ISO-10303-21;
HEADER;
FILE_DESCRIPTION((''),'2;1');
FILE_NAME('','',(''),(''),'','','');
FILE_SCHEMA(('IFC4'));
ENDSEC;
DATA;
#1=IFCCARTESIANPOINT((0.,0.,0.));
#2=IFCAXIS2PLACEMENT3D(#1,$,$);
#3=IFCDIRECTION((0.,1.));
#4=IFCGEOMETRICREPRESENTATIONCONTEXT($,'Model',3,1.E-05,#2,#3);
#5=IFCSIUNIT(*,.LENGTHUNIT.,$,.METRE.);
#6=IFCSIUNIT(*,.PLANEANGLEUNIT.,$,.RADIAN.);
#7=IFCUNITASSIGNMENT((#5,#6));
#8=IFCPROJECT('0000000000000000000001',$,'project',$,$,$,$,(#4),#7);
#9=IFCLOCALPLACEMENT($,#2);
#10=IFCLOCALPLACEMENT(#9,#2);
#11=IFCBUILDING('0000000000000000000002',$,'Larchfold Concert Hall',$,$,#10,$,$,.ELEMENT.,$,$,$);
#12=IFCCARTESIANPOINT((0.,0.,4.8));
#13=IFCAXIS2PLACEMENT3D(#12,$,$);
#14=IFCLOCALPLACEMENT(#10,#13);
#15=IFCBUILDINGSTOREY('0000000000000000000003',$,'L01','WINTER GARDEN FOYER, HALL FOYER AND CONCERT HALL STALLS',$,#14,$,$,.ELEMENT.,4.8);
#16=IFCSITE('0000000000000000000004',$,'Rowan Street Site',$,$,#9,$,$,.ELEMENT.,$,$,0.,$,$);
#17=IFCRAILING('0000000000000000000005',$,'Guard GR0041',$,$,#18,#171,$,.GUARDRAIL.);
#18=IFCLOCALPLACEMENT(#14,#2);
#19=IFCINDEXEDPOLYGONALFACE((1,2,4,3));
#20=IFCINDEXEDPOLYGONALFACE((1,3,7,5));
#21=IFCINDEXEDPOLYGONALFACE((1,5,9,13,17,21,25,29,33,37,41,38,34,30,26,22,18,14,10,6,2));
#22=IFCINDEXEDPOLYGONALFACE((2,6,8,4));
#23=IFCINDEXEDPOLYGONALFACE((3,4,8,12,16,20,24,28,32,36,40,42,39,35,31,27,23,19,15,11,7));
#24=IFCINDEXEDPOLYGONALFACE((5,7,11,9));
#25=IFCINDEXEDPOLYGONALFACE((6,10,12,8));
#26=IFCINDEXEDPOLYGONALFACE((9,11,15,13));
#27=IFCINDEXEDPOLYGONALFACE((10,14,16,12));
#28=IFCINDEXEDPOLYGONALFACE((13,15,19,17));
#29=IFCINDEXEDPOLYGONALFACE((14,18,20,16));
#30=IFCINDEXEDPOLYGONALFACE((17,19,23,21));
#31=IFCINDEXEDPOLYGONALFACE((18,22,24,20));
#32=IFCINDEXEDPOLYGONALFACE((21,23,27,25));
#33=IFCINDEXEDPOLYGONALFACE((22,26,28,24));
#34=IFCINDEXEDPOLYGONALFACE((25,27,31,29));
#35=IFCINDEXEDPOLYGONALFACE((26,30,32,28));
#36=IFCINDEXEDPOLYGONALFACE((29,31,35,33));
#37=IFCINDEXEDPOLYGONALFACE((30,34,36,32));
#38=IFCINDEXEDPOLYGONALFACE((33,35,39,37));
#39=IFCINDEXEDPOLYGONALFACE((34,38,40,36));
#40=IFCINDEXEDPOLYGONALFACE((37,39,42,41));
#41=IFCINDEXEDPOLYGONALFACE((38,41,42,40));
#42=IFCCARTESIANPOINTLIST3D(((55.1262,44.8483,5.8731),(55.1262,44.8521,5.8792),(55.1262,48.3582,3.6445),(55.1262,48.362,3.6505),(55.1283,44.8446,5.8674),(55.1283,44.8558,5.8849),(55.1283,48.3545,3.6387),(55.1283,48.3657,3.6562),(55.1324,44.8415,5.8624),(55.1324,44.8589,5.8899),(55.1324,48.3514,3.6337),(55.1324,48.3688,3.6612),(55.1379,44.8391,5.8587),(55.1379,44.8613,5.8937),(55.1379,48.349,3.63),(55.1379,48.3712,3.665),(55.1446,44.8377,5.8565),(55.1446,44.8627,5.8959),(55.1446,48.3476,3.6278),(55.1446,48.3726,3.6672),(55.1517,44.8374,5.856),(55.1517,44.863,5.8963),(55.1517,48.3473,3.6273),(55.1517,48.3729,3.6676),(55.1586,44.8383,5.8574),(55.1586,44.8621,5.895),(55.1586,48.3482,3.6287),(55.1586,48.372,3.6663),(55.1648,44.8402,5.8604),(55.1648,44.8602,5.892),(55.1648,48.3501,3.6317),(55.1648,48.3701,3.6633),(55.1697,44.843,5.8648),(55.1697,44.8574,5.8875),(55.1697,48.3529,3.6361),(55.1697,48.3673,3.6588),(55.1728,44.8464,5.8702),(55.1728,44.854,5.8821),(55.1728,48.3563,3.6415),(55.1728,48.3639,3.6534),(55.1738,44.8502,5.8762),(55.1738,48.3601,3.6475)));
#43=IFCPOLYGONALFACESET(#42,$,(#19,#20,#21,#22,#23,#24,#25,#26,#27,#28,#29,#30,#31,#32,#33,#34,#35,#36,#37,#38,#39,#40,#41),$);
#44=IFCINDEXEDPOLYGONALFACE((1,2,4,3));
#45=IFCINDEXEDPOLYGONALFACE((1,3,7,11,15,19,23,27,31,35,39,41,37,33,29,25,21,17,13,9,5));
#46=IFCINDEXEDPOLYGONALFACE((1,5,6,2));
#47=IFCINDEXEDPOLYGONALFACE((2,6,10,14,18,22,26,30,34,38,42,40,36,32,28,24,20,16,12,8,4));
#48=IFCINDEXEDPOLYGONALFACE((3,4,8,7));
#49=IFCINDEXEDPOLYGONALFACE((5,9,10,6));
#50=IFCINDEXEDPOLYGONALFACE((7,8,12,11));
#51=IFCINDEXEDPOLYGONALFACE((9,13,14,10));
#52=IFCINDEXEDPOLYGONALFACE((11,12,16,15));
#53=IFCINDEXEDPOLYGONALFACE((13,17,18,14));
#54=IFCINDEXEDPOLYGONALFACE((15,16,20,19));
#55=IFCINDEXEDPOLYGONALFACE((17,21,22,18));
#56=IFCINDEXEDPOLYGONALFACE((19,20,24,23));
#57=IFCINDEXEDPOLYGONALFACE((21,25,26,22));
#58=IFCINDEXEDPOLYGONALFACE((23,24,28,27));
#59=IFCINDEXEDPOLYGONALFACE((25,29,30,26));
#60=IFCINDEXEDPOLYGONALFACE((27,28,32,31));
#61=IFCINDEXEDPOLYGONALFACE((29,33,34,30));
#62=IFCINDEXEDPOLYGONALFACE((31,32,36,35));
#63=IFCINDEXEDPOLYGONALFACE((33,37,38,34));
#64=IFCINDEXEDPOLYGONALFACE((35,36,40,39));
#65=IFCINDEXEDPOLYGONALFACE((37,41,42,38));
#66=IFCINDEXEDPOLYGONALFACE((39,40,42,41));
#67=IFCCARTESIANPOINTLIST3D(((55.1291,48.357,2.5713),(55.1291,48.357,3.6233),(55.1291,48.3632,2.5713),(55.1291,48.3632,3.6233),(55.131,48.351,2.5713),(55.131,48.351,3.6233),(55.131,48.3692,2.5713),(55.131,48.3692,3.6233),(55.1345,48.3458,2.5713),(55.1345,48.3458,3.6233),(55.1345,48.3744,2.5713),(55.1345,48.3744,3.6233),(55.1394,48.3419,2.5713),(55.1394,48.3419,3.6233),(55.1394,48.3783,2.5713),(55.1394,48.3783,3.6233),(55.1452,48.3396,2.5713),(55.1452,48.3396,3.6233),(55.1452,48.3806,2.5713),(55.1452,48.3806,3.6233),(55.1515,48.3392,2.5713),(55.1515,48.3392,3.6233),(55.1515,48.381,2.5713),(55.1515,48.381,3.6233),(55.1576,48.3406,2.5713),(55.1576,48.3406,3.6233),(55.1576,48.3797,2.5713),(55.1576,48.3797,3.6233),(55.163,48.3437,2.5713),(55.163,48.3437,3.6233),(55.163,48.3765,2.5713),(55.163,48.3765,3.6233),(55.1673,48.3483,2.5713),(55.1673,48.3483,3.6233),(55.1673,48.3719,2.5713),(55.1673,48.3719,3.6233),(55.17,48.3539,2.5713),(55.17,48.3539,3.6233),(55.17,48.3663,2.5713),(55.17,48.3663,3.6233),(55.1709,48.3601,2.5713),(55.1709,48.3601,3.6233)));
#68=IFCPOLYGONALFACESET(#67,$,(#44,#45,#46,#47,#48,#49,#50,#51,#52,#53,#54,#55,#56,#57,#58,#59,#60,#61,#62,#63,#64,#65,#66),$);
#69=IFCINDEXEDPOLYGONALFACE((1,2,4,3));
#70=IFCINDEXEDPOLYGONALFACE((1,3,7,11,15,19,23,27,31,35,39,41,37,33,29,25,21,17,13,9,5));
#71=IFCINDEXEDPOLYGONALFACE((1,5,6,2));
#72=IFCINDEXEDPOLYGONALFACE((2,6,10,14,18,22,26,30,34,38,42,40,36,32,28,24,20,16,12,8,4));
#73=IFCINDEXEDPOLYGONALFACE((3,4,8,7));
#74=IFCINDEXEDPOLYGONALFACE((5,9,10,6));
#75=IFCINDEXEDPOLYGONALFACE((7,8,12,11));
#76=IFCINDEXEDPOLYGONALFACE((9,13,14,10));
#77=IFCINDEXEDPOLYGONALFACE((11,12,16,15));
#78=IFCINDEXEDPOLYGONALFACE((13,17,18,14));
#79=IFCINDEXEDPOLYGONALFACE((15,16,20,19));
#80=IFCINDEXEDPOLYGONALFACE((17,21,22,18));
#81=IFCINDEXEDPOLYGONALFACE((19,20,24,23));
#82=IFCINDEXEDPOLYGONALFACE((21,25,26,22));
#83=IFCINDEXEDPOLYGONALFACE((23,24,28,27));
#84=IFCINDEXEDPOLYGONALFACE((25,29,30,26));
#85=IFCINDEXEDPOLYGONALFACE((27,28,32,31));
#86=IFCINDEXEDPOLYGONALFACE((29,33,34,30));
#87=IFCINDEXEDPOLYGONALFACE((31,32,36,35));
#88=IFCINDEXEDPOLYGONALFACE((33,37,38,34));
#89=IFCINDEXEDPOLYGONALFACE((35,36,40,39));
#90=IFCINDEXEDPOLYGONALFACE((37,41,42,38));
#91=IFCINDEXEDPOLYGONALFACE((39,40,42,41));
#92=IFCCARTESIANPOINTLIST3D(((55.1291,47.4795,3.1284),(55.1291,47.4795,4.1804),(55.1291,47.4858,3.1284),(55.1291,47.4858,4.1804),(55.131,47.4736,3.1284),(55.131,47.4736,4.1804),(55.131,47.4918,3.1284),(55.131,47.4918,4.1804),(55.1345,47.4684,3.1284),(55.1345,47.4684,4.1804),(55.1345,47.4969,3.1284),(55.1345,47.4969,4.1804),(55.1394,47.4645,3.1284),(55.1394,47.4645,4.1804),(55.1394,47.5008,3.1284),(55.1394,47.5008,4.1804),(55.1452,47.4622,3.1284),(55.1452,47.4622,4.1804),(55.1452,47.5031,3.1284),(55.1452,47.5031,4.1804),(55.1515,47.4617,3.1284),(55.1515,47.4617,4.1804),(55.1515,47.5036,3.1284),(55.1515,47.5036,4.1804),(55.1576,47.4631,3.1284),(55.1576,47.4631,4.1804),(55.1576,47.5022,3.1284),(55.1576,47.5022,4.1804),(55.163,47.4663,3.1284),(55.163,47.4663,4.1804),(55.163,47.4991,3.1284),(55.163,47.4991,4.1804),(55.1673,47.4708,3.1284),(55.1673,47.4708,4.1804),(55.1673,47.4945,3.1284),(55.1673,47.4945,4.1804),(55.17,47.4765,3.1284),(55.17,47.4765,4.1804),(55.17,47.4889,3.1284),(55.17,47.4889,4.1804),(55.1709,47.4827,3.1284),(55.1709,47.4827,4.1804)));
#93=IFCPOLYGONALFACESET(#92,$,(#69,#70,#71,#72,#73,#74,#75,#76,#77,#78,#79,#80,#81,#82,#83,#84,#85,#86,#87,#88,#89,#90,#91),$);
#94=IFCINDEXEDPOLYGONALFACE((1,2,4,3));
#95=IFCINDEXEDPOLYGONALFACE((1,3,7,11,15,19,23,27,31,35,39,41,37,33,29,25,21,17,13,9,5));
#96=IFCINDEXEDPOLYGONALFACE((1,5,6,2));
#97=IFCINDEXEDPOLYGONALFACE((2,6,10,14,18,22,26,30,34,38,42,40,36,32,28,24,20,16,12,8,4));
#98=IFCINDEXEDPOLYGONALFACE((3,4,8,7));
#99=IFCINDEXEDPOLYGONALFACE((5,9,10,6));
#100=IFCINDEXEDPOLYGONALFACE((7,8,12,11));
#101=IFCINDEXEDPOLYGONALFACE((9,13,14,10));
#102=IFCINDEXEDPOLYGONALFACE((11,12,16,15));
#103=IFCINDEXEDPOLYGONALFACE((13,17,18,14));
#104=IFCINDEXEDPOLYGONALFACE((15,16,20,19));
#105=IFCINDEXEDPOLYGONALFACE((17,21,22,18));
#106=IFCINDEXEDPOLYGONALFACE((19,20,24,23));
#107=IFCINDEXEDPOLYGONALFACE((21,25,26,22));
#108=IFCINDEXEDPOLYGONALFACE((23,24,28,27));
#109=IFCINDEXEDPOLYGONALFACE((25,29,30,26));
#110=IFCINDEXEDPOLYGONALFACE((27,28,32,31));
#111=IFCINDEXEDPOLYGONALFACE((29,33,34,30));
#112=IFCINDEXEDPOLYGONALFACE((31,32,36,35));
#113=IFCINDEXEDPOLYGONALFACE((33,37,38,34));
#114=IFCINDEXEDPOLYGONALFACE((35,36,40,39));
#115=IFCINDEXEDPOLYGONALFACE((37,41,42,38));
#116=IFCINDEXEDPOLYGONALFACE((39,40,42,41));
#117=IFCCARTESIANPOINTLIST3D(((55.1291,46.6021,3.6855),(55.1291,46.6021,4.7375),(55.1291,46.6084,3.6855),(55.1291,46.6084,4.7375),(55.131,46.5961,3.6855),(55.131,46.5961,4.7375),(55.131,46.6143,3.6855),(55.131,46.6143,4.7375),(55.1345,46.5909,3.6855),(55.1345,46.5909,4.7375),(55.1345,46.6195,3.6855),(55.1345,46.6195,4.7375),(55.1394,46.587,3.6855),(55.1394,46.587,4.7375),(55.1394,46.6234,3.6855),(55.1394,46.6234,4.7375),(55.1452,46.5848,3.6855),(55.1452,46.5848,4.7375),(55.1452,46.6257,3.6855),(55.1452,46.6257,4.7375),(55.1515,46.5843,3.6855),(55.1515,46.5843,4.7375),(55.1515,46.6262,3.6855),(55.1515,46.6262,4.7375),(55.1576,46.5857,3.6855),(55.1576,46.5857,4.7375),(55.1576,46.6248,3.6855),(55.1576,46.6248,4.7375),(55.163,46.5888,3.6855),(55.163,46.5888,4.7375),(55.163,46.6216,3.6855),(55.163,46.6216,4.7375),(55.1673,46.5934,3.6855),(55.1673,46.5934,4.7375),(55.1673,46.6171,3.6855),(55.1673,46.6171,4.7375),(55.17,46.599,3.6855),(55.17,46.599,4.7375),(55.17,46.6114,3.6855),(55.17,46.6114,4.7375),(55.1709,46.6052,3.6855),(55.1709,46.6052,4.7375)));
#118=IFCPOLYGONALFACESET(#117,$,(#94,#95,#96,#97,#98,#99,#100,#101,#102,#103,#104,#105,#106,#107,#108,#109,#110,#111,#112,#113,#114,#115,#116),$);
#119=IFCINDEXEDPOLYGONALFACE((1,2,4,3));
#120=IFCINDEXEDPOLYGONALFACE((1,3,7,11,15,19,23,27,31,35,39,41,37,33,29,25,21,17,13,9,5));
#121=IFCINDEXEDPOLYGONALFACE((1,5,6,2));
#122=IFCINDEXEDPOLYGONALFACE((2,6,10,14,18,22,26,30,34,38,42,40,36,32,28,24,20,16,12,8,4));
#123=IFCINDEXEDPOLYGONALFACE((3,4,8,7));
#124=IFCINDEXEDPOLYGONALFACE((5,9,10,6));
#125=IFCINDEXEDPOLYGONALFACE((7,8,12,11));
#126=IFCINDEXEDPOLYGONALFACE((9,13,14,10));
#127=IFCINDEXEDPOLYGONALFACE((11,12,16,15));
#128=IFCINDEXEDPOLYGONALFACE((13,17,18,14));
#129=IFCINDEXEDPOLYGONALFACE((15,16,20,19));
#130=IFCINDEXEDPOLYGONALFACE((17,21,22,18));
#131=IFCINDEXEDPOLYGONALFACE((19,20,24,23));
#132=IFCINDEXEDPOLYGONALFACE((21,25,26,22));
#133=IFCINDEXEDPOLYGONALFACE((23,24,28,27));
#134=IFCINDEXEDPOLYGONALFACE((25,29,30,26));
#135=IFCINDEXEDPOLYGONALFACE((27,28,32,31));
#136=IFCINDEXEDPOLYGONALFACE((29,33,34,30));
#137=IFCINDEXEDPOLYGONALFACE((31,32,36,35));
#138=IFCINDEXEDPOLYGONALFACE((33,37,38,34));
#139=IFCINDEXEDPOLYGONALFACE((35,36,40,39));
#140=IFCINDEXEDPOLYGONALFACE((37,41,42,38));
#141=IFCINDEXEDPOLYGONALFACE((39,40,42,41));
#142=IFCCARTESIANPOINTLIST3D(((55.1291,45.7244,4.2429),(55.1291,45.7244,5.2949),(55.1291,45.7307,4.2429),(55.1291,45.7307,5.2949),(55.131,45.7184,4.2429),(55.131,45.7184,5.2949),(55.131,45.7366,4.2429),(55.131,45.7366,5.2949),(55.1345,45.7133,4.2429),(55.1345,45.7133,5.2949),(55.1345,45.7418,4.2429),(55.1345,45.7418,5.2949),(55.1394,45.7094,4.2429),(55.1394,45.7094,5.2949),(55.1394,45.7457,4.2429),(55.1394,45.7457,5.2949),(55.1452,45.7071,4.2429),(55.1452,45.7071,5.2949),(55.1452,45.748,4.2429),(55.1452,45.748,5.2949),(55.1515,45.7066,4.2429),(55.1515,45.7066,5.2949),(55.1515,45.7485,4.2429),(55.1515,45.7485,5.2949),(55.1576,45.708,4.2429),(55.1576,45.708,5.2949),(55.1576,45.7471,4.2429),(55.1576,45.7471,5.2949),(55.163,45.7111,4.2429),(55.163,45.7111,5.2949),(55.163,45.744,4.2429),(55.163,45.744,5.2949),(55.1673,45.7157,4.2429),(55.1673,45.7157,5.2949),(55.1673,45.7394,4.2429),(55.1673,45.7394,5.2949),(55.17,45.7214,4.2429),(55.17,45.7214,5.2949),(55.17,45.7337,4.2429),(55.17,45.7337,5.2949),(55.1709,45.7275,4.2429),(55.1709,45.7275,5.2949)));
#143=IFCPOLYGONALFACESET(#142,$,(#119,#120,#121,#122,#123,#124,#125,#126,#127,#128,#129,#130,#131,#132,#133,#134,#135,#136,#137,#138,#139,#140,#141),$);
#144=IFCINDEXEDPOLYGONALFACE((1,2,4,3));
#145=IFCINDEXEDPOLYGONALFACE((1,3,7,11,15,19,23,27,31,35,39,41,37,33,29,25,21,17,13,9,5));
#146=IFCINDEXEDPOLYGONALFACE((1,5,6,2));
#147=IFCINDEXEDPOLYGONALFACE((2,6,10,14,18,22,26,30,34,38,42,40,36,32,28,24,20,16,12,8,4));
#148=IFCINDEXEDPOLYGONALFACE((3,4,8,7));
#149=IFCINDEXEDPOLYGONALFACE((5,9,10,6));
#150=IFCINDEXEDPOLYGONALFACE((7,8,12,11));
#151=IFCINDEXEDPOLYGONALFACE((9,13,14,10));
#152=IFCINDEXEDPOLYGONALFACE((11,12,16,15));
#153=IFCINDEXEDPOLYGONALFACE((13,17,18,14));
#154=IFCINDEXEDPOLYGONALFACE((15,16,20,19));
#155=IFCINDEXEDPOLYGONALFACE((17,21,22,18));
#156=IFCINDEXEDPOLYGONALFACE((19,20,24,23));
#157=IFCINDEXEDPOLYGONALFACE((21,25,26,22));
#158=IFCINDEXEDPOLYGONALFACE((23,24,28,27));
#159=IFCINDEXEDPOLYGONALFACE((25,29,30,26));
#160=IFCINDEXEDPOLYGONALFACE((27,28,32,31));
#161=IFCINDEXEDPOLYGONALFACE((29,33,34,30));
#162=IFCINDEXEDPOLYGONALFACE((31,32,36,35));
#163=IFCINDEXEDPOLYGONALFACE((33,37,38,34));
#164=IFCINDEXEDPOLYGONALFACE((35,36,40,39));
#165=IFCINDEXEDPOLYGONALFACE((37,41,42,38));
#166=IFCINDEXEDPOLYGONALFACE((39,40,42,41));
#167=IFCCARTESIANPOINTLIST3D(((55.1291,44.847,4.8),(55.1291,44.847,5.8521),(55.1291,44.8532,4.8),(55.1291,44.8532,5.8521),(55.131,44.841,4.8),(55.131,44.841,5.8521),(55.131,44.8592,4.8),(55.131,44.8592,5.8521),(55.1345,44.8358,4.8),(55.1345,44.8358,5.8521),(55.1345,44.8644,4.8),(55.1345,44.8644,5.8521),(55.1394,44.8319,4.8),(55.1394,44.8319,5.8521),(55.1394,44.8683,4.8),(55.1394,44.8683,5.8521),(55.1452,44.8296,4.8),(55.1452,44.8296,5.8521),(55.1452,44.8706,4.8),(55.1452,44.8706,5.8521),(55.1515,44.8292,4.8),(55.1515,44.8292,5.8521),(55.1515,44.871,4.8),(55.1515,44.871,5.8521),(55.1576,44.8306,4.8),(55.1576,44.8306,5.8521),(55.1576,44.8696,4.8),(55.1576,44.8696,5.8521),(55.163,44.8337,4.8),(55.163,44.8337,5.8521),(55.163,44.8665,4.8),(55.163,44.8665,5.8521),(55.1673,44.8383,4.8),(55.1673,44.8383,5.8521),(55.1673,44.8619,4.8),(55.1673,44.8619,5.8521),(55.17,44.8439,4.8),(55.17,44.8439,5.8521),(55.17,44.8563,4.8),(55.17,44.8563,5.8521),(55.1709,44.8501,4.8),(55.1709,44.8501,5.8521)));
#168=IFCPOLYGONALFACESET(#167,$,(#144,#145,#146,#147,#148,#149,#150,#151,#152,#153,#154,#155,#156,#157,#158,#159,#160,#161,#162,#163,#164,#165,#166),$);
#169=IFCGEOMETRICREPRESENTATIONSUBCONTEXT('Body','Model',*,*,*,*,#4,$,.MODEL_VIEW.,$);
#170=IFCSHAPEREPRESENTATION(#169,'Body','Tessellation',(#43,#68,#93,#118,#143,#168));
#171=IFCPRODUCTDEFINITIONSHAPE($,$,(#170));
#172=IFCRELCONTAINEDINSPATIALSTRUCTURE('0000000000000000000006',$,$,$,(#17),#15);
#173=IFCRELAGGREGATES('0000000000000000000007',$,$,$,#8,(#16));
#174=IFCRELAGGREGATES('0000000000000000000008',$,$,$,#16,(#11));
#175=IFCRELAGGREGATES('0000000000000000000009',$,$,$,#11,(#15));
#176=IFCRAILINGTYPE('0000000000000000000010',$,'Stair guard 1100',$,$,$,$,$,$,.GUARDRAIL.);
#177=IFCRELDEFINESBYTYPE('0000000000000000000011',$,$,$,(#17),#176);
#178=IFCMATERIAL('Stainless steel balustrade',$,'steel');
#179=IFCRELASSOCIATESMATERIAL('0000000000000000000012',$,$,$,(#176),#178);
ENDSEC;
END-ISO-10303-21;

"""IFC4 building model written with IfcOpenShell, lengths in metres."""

from ifc_helpers import new_model, si_unit, direction, frame, origin, origin_2d, place, context, subcontext, project, spatial, circle, extrude, material, type_object, element, save


model = new_model("IFC4")

# Units and contexts
model_context = context("Model", 3, precision=1e-05, world=origin(), true_north=direction((0.0, 1.0)))
body_context = subcontext(model_context, "Body", "Model", "MODEL_VIEW")
ifc_project = project(units=[si_unit("LENGTHUNIT", "METRE"), si_unit("PLANEANGLEUNIT", "RADIAN")], contexts=[model_context])

# Site, building, storey
site_placement = place(None, origin())
site = spatial("IfcSite", under=ifc_project, at=site_placement, Name="Rowan Street Site", CompositionType="ELEMENT", RefElevation=0.0)
building_placement = place(site_placement, origin())
building = spatial("IfcBuilding", under=site, at=building_placement, Name="Larchfold Concert Hall", CompositionType="ELEMENT")
storey_placement = place(building_placement, frame((0.0, 0.0, 4.8)))
storey = spatial("IfcBuildingStorey", under=building, at=storey_placement, Name="L01", Description="WINTER GARDEN FOYER, HALL FOYER AND CONCERT HALL STALLS", CompositionType="ELEMENT", Elevation=4.8)

# Railing
ifc_material_1 = material(Name="Stainless steel balustrade", Category="steel")
railing_type_1 = type_object("IfcRailingType", Name="Stair guard 1100", PredefinedType="GUARDRAIL", material=ifc_material_1)
railing_1_placement = place(storey_placement, frame((55.1499, 48.3601, 2.5713)))
element("IfcRailing", 1, at=railing_1_placement, inside=storey, type_object=railing_type_1, Name="Guard GR0041", PredefinedType="GUARDRAIL", context=body_context, shape_type="SweptSolid", body=[
    extrude(circle(Radius=0.0239, at=origin_2d()), frame((0.0, 0.0, 1.0762), z_axis=(0.0, -0.844193, 0.536039), x_axis=(1.0, 0.0, 0.0)), (0.0, 0.0, 1.0), 4.1577),
    extrude(circle(Radius=0.021, at=origin_2d()), origin(), (0.0, 0.0, 1.0), 1.052),
    extrude(circle(Radius=0.021, at=origin_2d()), frame((0.0, -0.8774, 0.5571)), (0.0, 0.0, 1.0), 1.052),
    extrude(circle(Radius=0.021, at=origin_2d()), frame((0.0, -1.7549, 1.1143)), (0.0, 0.0, 1.0), 1.052),
    extrude(circle(Radius=0.021, at=origin_2d()), frame((0.0, -2.6326, 1.6716)), (0.0, 0.0, 1.0), 1.052),
    extrude(circle(Radius=0.021, at=origin_2d()), frame((0.0, -3.51, 2.2288)), (0.0, 0.0, 1.0), 1.052),
])

save(model, "model.ifc")
